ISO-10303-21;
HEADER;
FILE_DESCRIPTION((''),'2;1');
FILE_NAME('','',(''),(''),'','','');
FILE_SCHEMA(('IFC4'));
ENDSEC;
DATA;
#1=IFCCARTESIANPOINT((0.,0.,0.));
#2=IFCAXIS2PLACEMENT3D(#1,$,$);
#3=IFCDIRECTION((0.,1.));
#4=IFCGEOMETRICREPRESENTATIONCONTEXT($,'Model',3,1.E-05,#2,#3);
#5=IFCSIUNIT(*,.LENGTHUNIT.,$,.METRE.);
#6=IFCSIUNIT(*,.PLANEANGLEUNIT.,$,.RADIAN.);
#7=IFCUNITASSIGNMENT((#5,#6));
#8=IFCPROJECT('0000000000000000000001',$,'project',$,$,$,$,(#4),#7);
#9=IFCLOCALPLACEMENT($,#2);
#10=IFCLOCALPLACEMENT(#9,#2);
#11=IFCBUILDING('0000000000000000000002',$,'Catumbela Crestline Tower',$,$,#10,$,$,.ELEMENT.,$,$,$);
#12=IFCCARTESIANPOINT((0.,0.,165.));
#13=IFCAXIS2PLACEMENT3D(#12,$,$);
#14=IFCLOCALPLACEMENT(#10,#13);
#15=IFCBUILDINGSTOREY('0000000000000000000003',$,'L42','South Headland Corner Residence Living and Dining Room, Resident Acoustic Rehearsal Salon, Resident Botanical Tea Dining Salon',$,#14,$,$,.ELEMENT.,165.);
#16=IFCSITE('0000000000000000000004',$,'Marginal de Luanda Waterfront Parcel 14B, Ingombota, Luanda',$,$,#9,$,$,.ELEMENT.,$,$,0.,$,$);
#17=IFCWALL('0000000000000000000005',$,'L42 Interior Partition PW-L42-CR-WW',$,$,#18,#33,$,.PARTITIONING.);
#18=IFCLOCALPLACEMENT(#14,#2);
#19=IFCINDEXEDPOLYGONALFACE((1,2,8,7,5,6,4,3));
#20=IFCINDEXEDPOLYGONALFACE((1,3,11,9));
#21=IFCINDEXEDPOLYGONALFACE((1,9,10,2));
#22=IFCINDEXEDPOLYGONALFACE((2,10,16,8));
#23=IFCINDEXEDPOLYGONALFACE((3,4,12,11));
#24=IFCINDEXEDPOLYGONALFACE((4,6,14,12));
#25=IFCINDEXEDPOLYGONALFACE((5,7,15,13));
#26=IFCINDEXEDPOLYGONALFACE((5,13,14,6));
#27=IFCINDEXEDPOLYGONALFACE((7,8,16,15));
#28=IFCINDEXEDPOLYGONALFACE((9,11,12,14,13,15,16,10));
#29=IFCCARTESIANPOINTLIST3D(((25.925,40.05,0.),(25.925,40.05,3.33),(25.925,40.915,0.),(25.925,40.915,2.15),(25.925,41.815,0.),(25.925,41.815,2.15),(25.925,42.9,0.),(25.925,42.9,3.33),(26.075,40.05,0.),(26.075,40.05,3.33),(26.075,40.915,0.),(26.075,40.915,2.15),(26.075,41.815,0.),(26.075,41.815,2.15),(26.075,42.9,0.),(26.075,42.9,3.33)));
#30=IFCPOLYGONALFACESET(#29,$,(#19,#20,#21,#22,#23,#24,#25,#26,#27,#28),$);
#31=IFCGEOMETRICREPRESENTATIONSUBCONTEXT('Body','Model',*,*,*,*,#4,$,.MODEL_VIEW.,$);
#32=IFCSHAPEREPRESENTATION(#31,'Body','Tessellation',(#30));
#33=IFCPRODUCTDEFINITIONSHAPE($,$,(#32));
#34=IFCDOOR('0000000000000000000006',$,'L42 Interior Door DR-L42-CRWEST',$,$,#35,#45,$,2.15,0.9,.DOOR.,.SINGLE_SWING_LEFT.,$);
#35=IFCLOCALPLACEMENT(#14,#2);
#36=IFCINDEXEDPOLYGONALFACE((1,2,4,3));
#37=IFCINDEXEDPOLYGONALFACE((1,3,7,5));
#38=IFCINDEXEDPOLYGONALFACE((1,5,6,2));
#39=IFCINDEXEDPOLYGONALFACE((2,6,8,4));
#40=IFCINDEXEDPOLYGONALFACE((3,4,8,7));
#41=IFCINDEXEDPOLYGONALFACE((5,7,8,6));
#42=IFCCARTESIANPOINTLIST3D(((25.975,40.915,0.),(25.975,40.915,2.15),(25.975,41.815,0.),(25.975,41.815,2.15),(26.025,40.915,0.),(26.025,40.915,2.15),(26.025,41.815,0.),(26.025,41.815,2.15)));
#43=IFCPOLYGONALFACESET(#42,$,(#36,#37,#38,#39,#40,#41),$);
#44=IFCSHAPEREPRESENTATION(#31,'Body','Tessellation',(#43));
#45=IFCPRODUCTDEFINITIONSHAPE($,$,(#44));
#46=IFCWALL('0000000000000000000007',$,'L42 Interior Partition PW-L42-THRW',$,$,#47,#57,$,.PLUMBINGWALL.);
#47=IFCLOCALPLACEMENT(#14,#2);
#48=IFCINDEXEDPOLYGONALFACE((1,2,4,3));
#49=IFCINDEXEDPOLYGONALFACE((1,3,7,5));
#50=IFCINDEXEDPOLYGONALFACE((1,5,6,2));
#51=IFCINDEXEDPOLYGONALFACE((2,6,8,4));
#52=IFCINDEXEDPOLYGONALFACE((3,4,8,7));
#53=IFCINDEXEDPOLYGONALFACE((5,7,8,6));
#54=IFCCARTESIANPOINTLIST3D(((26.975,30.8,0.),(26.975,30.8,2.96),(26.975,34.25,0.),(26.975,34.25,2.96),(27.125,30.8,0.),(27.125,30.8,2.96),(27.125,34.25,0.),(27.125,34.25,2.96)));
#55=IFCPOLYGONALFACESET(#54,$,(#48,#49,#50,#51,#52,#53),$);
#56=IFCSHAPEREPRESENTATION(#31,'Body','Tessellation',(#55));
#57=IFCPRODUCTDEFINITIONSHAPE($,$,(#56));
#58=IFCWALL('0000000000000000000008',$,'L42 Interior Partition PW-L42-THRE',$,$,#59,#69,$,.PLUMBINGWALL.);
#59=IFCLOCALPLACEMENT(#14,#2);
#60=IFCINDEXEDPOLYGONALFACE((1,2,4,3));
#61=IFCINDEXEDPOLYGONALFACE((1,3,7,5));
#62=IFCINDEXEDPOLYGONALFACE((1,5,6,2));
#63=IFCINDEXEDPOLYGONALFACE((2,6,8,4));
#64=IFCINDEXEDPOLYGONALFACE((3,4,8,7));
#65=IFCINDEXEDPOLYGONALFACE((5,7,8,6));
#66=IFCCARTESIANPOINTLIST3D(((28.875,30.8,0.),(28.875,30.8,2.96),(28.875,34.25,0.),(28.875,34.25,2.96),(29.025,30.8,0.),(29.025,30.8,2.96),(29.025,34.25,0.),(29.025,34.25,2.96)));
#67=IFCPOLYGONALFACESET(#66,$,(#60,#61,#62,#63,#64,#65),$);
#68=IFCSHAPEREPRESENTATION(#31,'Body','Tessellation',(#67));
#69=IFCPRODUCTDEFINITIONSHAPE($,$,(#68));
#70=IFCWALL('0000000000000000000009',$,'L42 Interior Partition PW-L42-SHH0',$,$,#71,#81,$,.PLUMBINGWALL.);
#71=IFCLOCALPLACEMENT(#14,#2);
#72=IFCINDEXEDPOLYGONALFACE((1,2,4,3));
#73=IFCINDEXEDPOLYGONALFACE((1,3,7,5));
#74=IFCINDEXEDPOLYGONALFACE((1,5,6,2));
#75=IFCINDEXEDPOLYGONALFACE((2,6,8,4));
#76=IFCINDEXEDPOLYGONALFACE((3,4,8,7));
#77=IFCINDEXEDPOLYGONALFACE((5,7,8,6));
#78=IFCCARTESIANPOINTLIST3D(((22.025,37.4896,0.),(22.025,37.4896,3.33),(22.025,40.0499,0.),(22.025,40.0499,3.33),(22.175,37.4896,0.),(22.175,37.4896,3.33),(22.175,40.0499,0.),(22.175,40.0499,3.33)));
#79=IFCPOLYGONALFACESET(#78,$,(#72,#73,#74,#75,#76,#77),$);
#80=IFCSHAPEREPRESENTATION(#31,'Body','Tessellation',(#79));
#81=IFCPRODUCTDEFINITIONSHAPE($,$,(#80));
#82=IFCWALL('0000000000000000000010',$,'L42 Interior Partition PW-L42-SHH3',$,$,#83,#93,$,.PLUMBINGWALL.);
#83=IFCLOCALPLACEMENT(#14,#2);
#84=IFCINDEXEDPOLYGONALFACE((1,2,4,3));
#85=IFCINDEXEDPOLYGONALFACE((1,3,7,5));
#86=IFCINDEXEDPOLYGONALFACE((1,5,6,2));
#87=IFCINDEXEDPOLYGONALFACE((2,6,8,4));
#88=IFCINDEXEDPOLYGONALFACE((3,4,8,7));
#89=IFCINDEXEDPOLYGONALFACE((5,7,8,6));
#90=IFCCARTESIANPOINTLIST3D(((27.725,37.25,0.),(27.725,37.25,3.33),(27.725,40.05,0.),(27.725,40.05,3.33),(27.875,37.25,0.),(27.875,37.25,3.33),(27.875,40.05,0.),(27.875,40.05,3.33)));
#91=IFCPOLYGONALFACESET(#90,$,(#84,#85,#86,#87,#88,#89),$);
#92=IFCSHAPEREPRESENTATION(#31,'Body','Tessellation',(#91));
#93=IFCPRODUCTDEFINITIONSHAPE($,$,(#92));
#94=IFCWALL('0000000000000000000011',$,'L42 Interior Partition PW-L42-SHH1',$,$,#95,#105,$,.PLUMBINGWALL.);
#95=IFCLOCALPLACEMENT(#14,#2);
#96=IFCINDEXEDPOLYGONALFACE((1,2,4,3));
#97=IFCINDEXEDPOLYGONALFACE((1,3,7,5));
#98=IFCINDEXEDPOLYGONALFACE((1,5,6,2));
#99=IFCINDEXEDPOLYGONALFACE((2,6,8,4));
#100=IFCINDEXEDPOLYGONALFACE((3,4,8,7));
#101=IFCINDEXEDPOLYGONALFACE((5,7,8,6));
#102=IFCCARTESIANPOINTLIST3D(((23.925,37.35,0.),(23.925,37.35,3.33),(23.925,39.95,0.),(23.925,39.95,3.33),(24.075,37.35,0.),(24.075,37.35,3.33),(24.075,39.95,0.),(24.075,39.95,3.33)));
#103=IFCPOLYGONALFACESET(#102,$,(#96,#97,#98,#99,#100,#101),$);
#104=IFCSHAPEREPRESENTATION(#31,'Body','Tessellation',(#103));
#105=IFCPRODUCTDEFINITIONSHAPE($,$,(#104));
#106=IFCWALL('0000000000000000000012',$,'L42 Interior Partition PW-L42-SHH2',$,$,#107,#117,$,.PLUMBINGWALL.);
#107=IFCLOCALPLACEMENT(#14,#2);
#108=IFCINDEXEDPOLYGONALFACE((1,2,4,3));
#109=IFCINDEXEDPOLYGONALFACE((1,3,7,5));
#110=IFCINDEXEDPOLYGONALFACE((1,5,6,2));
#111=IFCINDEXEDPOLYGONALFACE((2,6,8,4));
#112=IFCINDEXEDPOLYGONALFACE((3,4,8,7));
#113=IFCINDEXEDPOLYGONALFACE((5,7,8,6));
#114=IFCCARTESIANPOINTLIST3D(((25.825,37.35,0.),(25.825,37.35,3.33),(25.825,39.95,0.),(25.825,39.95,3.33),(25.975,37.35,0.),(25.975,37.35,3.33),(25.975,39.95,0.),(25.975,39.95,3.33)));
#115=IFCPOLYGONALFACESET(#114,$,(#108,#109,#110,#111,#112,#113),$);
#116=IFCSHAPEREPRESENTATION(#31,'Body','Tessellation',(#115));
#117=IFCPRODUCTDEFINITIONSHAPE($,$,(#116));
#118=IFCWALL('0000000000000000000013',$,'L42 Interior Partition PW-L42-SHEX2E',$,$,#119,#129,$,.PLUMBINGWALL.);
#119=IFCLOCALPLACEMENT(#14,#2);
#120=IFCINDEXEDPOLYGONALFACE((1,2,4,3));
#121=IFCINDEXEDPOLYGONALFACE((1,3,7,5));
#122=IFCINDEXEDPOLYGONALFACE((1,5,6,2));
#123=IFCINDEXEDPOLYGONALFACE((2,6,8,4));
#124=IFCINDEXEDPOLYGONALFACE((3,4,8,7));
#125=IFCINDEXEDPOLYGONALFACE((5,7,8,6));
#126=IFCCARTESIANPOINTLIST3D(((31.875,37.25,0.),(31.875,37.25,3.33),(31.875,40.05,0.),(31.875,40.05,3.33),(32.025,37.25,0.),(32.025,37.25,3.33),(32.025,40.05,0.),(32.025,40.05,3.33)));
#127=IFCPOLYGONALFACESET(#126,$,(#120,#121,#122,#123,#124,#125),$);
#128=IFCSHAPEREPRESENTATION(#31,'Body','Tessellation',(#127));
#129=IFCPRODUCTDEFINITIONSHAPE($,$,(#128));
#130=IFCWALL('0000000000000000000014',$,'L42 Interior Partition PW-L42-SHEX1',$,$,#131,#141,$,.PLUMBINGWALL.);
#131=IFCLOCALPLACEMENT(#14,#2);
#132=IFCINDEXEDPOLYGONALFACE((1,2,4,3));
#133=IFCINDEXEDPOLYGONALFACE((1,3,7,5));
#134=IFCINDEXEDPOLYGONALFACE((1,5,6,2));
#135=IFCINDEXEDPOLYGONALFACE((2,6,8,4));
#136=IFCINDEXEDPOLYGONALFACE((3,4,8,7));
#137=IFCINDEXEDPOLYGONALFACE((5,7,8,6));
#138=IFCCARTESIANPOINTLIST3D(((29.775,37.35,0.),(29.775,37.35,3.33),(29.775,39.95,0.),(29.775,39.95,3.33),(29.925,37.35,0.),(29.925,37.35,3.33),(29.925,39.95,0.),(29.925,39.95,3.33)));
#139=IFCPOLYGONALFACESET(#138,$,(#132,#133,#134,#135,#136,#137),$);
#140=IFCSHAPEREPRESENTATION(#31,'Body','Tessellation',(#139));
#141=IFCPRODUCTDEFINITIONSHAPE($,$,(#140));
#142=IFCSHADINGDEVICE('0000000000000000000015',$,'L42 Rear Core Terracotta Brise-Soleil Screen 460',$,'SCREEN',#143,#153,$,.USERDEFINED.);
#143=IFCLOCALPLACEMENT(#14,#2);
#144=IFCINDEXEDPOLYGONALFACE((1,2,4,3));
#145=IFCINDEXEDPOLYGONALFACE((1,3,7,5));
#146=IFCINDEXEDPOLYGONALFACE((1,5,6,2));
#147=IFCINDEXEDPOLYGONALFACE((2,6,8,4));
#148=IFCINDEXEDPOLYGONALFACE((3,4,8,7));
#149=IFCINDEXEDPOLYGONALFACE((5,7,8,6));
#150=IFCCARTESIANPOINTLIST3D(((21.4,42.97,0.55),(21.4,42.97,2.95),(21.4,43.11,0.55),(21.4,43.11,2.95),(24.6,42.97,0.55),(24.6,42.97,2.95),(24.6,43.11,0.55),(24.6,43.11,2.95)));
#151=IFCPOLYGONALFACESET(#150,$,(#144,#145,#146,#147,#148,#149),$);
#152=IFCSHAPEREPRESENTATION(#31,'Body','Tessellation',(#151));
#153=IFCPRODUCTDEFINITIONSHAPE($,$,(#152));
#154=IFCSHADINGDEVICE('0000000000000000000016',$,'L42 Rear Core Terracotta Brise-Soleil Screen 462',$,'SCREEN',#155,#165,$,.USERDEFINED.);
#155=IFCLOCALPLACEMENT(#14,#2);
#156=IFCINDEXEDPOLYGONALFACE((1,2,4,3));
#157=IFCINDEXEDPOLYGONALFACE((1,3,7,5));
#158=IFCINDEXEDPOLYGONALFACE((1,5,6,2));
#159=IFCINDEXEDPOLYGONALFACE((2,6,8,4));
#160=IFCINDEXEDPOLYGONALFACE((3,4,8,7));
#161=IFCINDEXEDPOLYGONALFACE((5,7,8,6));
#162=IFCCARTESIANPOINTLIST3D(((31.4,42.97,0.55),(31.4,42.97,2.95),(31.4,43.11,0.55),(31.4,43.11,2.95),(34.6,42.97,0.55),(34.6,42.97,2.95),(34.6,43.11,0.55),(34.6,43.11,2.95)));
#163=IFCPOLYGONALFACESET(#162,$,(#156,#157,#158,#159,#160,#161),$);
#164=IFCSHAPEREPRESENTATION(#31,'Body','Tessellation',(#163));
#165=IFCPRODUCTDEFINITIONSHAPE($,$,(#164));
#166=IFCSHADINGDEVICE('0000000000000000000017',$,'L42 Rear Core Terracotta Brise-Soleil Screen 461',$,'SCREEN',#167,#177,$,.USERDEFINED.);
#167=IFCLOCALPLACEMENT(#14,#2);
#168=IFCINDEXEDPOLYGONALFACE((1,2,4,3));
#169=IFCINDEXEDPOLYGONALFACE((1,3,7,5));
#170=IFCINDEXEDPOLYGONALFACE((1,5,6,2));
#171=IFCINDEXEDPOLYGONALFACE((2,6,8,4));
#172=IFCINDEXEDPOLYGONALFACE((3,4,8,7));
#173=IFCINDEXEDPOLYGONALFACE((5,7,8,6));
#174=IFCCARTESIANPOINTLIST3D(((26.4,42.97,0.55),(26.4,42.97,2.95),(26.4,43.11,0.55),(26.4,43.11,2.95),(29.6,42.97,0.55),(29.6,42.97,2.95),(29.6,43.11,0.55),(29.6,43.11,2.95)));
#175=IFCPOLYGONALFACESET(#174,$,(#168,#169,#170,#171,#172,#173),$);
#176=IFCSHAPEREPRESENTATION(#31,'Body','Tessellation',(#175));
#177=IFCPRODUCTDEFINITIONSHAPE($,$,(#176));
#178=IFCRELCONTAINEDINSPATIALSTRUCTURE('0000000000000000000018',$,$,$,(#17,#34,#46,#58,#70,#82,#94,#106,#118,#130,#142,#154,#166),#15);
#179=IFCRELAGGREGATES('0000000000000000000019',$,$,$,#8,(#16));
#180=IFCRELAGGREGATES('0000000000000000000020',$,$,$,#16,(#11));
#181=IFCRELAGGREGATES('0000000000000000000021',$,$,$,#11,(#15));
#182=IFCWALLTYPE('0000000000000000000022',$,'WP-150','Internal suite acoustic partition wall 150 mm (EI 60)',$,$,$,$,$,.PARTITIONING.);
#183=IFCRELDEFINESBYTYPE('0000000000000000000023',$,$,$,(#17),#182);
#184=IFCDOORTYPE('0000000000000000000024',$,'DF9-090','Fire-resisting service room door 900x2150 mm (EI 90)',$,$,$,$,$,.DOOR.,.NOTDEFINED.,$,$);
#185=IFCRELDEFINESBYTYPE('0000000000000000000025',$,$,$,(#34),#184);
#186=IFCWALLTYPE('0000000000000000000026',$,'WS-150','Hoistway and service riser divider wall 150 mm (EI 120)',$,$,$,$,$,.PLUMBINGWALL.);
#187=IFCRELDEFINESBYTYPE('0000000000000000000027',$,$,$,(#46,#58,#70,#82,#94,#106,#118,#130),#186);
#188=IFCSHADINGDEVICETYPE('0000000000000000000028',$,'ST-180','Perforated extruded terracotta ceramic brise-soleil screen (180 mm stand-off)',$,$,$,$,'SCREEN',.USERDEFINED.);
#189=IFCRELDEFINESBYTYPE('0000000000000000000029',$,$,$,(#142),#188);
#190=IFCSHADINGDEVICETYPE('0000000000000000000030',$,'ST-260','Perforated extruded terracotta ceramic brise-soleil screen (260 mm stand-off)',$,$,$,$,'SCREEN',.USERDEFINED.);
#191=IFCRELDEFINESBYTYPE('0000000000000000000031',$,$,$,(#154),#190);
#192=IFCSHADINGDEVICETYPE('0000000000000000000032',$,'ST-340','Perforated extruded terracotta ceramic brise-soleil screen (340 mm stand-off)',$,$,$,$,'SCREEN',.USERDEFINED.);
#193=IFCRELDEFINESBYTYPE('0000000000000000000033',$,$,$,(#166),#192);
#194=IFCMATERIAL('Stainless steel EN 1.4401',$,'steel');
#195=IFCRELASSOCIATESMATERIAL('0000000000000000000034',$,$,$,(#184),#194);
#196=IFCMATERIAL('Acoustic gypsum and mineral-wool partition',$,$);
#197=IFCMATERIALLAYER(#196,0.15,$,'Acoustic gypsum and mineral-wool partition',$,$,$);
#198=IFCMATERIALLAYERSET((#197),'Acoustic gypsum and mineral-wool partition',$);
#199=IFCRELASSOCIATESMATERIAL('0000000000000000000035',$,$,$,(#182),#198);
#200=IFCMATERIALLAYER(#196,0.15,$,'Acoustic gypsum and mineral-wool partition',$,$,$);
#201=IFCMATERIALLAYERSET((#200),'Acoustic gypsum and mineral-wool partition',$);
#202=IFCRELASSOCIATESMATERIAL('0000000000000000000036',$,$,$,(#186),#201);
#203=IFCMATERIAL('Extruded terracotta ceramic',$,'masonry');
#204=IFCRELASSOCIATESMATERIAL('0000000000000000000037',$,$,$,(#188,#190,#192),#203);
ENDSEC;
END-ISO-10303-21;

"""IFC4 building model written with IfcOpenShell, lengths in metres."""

from ifc_helpers import new_model, si_unit, direction, frame, frame_2d, origin, origin_2d, place, context, subcontext, project, spatial, rectangle, extrude, material, layer, layer_set, type_object, element, fill, save


model = new_model("IFC4")

# Units and contexts
model_context = context("Model", 3, precision=1e-05, world=origin(), true_north=direction((0.0, 1.0)))
body_context = subcontext(model_context, "Body", "Model", "MODEL_VIEW")
ifc_project = project(units=[si_unit("LENGTHUNIT", "METRE"), si_unit("PLANEANGLEUNIT", "RADIAN")], contexts=[model_context])

# Site, building, storey
site_placement = place(None, origin())
site = spatial("IfcSite", under=ifc_project, at=site_placement, Name="Marginal de Luanda Waterfront Parcel 14B, Ingombota, Luanda", CompositionType="ELEMENT", RefElevation=0.0)
building_placement = place(site_placement, origin())
building = spatial("IfcBuilding", under=site, at=building_placement, Name="Catumbela Crestline Tower", CompositionType="ELEMENT")
storey_placement = place(building_placement, frame((0.0, 0.0, 165.0)))
storey = spatial("IfcBuildingStorey", under=building, at=storey_placement, Name="L42", Description="South Headland Corner Residence Living and Dining Room, Resident Acoustic Rehearsal Salon, Resident Botanical Tea Dining Salon", CompositionType="ELEMENT", Elevation=165.0)

# Shared definitions
ifc_material_1 = material(Name="Stainless steel EN 1.4401", Category="steel")

# Shared definitions
door_type_1 = type_object("IfcDoorType", Name="DF9-090", Description="Fire-resisting service room door 900x2150 mm (EI 90)", OperationType="NOTDEFINED", PredefinedType="DOOR", material=ifc_material_1)

# Wall, opening, door
ifc_material_2 = material(Name="Acoustic gypsum and mineral-wool partition")
ifc_layer_1 = layer(ifc_material_2, 0.15, Name="Acoustic gypsum and mineral-wool partition")
ifc_layer_set_1 = layer_set([ifc_layer_1], Name="Acoustic gypsum and mineral-wool partition")
wall_type_1 = type_object("IfcWallType", Name="WP-150", Description="Internal suite acoustic partition wall 150 mm (EI 60)", PredefinedType="PARTITIONING", material=ifc_layer_set_1)
wall_1_placement = place(storey_placement, frame((26.0, 40.05, 0.0), z_axis=(0.0, 0.0, 1.0), x_axis=(0.0, 1.0, 0.0)))
wall_1 = element("IfcWall", 1, at=wall_1_placement, inside=storey, type_object=wall_type_1, Name="L42 Interior Partition PW-L42-CR-WW", PredefinedType="PARTITIONING", context=body_context, shape_type="SweptSolid", body=[
    extrude(rectangle(XDim=2.85, YDim=0.15, at=frame_2d((1.425, 0.0))), origin(), (0.0, 0.0, 1.0), 3.33),
])
opening_1_placement = place(wall_1_placement, frame((0.865, 0.0, 0.0)))
opening_1 = element("IfcOpeningElement", 2, at=opening_1_placement, cuts=wall_1, PredefinedType="OPENING", context=body_context, shape_type="SweptSolid", body=[
    extrude(rectangle(XDim=0.9, YDim=2.15, at=frame_2d((0.45, 1.075))), frame((0.0, 0.085, 0.0), z_axis=(0.0, -1.0, 0.0), x_axis=(1.0, 0.0, 0.0)), (0.0, 0.0, 1.0), 0.17),
])
door_1_placement = place(opening_1_placement, origin())
door_1 = element("IfcDoor", 3, at=door_1_placement, inside=storey, type_object=door_type_1, Name="L42 Interior Door DR-L42-CRWEST", OperationType="SINGLE_SWING_LEFT", OverallHeight=2.15, OverallWidth=0.9, PredefinedType="DOOR", context=body_context, shape_type="SweptSolid", body=[
    extrude(rectangle(XDim=0.9, YDim=2.15, at=frame_2d((0.45, 1.075))), frame((0.0, 0.025, 0.0), z_axis=(0.0, -1.0, 0.0), x_axis=(1.0, 0.0, 0.0)), (0.0, 0.0, 1.0), 0.05),
])
fill(opening_1, door_1)

# Walls
ifc_layer_2 = layer(ifc_material_2, 0.15, Name="Acoustic gypsum and mineral-wool partition")
ifc_layer_set_2 = layer_set([ifc_layer_2], Name="Acoustic gypsum and mineral-wool partition")
wall_type_2 = type_object("IfcWallType", Name="WS-150", Description="Hoistway and service riser divider wall 150 mm (EI 120)", PredefinedType="PLUMBINGWALL", material=ifc_layer_set_2)
for number, where, z_axis, x_axis, name in (
    (4, (27.05, 30.8, 0.0), (0.0, 0.0, 1.0), (0.0, 1.0, 0.0), "L42 Interior Partition PW-L42-THRW"),
    (5, (28.95, 30.8, 0.0), (0.0, 0.0, 1.0), (0.0, 1.0, 0.0), "L42 Interior Partition PW-L42-THRE"),
):
    element("IfcWall", number, at=place(storey_placement, frame(where, z_axis=z_axis, x_axis=x_axis)), inside=storey, type_object=wall_type_2, Name=name, PredefinedType="PLUMBINGWALL", context=body_context, shape_type="SweptSolid", body=[
        extrude(rectangle(XDim=3.45, YDim=0.15, at=frame_2d((1.725, 0.0))), origin(), (0.0, 0.0, 1.0), 2.96),
    ])
wall_2_placement = place(storey_placement, frame((22.1, 37.4897, 0.0), z_axis=(0.0, 0.0, 1.0), x_axis=(0.0, 1.0, 0.0)))
element("IfcWall", 6, at=wall_2_placement, inside=storey, type_object=wall_type_2, Name="L42 Interior Partition PW-L42-SHH0", PredefinedType="PLUMBINGWALL", context=body_context, shape_type="SweptSolid", body=[
    extrude(rectangle(XDim=2.5603, YDim=0.15, at=frame_2d((1.2801, 0.0))), origin(), (0.0, 0.0, 1.0), 3.33),
])
wall_3_placement = place(storey_placement, frame((27.8, 37.25, 0.0), z_axis=(0.0, 0.0, 1.0), x_axis=(0.0, 1.0, 0.0)))
element("IfcWall", 7, at=wall_3_placement, inside=storey, type_object=wall_type_2, Name="L42 Interior Partition PW-L42-SHH3", PredefinedType="PLUMBINGWALL", context=body_context, shape_type="SweptSolid", body=[
    extrude(rectangle(XDim=2.8, YDim=0.15, at=frame_2d((1.4, 0.0))), origin(), (0.0, 0.0, 1.0), 3.33),
])
for number, where, z_axis, x_axis, name in (
    (8, (24.0, 37.35, 0.0), (0.0, 0.0, 1.0), (0.0, 1.0, 0.0), "L42 Interior Partition PW-L42-SHH1"),
    (9, (25.9, 37.35, 0.0), (0.0, 0.0, 1.0), (0.0, 1.0, 0.0), "L42 Interior Partition PW-L42-SHH2"),
):
    element("IfcWall", number, at=place(storey_placement, frame(where, z_axis=z_axis, x_axis=x_axis)), inside=storey, type_object=wall_type_2, Name=name, PredefinedType="PLUMBINGWALL", context=body_context, shape_type="SweptSolid", body=[
        extrude(rectangle(XDim=2.6, YDim=0.15, at=frame_2d((1.3, 0.0))), origin(), (0.0, 0.0, 1.0), 3.33),
    ])
wall_4_placement = place(storey_placement, frame((31.95, 37.25, 0.0), z_axis=(0.0, 0.0, 1.0), x_axis=(0.0, 1.0, 0.0)))
element("IfcWall", 10, at=wall_4_placement, inside=storey, type_object=wall_type_2, Name="L42 Interior Partition PW-L42-SHEX2E", PredefinedType="PLUMBINGWALL", context=body_context, shape_type="SweptSolid", body=[
    extrude(rectangle(XDim=2.8, YDim=0.15, at=frame_2d((1.4, 0.0))), origin(), (0.0, 0.0, 1.0), 3.33),
])
wall_5_placement = place(storey_placement, frame((29.85, 37.35, 0.0), z_axis=(0.0, 0.0, 1.0), x_axis=(0.0, 1.0, 0.0)))
element("IfcWall", 11, at=wall_5_placement, inside=storey, type_object=wall_type_2, Name="L42 Interior Partition PW-L42-SHEX1", PredefinedType="PLUMBINGWALL", context=body_context, shape_type="SweptSolid", body=[
    extrude(rectangle(XDim=2.6, YDim=0.15, at=frame_2d((1.3, 0.0))), origin(), (0.0, 0.0, 1.0), 3.33),
])

# Shading devices
ifc_material_3 = material(Name="Extruded terracotta ceramic", Category="masonry")
shading_device_type_1 = type_object("IfcShadingDeviceType", Name="ST-180", Description="Perforated extruded terracotta ceramic brise-soleil screen (180 mm stand-off)", ElementType="SCREEN", PredefinedType="USERDEFINED", material=ifc_material_3)
shading_device_1_placement = place(storey_placement, frame((23.0, 43.04, 0.55), z_axis=(0.0, 0.0, 1.0), x_axis=(1.0, 0.0, 0.0)))
element("IfcShadingDevice", 12, at=shading_device_1_placement, inside=storey, type_object=shading_device_type_1, Name="L42 Rear Core Terracotta Brise-Soleil Screen 460", ObjectType="SCREEN", PredefinedType="USERDEFINED", context=body_context, shape_type="SweptSolid", body=[
    extrude(rectangle(XDim=3.2, YDim=0.14, at=origin_2d()), origin(), (0.0, 0.0, 1.0), 2.4),
])
shading_device_type_2 = type_object("IfcShadingDeviceType", Name="ST-260", Description="Perforated extruded terracotta ceramic brise-soleil screen (260 mm stand-off)", ElementType="SCREEN", PredefinedType="USERDEFINED", material=ifc_material_3)
shading_device_2_placement = place(storey_placement, frame((33.0, 43.04, 0.55), z_axis=(0.0, 0.0, 1.0), x_axis=(1.0, 0.0, 0.0)))
element("IfcShadingDevice", 13, at=shading_device_2_placement, inside=storey, type_object=shading_device_type_2, Name="L42 Rear Core Terracotta Brise-Soleil Screen 462", ObjectType="SCREEN", PredefinedType="USERDEFINED", context=body_context, shape_type="SweptSolid", body=[
    extrude(rectangle(XDim=3.2, YDim=0.14, at=origin_2d()), origin(), (0.0, 0.0, 1.0), 2.4),
])
shading_device_type_3 = type_object("IfcShadingDeviceType", Name="ST-340", Description="Perforated extruded terracotta ceramic brise-soleil screen (340 mm stand-off)", ElementType="SCREEN", PredefinedType="USERDEFINED", material=ifc_material_3)
shading_device_3_placement = place(storey_placement, frame((28.0, 43.04, 0.55), z_axis=(0.0, 0.0, 1.0), x_axis=(1.0, 0.0, 0.0)))
element("IfcShadingDevice", 14, at=shading_device_3_placement, inside=storey, type_object=shading_device_type_3, Name="L42 Rear Core Terracotta Brise-Soleil Screen 461", ObjectType="SCREEN", PredefinedType="USERDEFINED", context=body_context, shape_type="SweptSolid", body=[
    extrude(rectangle(XDim=3.2, YDim=0.14, at=origin_2d()), origin(), (0.0, 0.0, 1.0), 2.4),
])

save(model, "model.ifc")
